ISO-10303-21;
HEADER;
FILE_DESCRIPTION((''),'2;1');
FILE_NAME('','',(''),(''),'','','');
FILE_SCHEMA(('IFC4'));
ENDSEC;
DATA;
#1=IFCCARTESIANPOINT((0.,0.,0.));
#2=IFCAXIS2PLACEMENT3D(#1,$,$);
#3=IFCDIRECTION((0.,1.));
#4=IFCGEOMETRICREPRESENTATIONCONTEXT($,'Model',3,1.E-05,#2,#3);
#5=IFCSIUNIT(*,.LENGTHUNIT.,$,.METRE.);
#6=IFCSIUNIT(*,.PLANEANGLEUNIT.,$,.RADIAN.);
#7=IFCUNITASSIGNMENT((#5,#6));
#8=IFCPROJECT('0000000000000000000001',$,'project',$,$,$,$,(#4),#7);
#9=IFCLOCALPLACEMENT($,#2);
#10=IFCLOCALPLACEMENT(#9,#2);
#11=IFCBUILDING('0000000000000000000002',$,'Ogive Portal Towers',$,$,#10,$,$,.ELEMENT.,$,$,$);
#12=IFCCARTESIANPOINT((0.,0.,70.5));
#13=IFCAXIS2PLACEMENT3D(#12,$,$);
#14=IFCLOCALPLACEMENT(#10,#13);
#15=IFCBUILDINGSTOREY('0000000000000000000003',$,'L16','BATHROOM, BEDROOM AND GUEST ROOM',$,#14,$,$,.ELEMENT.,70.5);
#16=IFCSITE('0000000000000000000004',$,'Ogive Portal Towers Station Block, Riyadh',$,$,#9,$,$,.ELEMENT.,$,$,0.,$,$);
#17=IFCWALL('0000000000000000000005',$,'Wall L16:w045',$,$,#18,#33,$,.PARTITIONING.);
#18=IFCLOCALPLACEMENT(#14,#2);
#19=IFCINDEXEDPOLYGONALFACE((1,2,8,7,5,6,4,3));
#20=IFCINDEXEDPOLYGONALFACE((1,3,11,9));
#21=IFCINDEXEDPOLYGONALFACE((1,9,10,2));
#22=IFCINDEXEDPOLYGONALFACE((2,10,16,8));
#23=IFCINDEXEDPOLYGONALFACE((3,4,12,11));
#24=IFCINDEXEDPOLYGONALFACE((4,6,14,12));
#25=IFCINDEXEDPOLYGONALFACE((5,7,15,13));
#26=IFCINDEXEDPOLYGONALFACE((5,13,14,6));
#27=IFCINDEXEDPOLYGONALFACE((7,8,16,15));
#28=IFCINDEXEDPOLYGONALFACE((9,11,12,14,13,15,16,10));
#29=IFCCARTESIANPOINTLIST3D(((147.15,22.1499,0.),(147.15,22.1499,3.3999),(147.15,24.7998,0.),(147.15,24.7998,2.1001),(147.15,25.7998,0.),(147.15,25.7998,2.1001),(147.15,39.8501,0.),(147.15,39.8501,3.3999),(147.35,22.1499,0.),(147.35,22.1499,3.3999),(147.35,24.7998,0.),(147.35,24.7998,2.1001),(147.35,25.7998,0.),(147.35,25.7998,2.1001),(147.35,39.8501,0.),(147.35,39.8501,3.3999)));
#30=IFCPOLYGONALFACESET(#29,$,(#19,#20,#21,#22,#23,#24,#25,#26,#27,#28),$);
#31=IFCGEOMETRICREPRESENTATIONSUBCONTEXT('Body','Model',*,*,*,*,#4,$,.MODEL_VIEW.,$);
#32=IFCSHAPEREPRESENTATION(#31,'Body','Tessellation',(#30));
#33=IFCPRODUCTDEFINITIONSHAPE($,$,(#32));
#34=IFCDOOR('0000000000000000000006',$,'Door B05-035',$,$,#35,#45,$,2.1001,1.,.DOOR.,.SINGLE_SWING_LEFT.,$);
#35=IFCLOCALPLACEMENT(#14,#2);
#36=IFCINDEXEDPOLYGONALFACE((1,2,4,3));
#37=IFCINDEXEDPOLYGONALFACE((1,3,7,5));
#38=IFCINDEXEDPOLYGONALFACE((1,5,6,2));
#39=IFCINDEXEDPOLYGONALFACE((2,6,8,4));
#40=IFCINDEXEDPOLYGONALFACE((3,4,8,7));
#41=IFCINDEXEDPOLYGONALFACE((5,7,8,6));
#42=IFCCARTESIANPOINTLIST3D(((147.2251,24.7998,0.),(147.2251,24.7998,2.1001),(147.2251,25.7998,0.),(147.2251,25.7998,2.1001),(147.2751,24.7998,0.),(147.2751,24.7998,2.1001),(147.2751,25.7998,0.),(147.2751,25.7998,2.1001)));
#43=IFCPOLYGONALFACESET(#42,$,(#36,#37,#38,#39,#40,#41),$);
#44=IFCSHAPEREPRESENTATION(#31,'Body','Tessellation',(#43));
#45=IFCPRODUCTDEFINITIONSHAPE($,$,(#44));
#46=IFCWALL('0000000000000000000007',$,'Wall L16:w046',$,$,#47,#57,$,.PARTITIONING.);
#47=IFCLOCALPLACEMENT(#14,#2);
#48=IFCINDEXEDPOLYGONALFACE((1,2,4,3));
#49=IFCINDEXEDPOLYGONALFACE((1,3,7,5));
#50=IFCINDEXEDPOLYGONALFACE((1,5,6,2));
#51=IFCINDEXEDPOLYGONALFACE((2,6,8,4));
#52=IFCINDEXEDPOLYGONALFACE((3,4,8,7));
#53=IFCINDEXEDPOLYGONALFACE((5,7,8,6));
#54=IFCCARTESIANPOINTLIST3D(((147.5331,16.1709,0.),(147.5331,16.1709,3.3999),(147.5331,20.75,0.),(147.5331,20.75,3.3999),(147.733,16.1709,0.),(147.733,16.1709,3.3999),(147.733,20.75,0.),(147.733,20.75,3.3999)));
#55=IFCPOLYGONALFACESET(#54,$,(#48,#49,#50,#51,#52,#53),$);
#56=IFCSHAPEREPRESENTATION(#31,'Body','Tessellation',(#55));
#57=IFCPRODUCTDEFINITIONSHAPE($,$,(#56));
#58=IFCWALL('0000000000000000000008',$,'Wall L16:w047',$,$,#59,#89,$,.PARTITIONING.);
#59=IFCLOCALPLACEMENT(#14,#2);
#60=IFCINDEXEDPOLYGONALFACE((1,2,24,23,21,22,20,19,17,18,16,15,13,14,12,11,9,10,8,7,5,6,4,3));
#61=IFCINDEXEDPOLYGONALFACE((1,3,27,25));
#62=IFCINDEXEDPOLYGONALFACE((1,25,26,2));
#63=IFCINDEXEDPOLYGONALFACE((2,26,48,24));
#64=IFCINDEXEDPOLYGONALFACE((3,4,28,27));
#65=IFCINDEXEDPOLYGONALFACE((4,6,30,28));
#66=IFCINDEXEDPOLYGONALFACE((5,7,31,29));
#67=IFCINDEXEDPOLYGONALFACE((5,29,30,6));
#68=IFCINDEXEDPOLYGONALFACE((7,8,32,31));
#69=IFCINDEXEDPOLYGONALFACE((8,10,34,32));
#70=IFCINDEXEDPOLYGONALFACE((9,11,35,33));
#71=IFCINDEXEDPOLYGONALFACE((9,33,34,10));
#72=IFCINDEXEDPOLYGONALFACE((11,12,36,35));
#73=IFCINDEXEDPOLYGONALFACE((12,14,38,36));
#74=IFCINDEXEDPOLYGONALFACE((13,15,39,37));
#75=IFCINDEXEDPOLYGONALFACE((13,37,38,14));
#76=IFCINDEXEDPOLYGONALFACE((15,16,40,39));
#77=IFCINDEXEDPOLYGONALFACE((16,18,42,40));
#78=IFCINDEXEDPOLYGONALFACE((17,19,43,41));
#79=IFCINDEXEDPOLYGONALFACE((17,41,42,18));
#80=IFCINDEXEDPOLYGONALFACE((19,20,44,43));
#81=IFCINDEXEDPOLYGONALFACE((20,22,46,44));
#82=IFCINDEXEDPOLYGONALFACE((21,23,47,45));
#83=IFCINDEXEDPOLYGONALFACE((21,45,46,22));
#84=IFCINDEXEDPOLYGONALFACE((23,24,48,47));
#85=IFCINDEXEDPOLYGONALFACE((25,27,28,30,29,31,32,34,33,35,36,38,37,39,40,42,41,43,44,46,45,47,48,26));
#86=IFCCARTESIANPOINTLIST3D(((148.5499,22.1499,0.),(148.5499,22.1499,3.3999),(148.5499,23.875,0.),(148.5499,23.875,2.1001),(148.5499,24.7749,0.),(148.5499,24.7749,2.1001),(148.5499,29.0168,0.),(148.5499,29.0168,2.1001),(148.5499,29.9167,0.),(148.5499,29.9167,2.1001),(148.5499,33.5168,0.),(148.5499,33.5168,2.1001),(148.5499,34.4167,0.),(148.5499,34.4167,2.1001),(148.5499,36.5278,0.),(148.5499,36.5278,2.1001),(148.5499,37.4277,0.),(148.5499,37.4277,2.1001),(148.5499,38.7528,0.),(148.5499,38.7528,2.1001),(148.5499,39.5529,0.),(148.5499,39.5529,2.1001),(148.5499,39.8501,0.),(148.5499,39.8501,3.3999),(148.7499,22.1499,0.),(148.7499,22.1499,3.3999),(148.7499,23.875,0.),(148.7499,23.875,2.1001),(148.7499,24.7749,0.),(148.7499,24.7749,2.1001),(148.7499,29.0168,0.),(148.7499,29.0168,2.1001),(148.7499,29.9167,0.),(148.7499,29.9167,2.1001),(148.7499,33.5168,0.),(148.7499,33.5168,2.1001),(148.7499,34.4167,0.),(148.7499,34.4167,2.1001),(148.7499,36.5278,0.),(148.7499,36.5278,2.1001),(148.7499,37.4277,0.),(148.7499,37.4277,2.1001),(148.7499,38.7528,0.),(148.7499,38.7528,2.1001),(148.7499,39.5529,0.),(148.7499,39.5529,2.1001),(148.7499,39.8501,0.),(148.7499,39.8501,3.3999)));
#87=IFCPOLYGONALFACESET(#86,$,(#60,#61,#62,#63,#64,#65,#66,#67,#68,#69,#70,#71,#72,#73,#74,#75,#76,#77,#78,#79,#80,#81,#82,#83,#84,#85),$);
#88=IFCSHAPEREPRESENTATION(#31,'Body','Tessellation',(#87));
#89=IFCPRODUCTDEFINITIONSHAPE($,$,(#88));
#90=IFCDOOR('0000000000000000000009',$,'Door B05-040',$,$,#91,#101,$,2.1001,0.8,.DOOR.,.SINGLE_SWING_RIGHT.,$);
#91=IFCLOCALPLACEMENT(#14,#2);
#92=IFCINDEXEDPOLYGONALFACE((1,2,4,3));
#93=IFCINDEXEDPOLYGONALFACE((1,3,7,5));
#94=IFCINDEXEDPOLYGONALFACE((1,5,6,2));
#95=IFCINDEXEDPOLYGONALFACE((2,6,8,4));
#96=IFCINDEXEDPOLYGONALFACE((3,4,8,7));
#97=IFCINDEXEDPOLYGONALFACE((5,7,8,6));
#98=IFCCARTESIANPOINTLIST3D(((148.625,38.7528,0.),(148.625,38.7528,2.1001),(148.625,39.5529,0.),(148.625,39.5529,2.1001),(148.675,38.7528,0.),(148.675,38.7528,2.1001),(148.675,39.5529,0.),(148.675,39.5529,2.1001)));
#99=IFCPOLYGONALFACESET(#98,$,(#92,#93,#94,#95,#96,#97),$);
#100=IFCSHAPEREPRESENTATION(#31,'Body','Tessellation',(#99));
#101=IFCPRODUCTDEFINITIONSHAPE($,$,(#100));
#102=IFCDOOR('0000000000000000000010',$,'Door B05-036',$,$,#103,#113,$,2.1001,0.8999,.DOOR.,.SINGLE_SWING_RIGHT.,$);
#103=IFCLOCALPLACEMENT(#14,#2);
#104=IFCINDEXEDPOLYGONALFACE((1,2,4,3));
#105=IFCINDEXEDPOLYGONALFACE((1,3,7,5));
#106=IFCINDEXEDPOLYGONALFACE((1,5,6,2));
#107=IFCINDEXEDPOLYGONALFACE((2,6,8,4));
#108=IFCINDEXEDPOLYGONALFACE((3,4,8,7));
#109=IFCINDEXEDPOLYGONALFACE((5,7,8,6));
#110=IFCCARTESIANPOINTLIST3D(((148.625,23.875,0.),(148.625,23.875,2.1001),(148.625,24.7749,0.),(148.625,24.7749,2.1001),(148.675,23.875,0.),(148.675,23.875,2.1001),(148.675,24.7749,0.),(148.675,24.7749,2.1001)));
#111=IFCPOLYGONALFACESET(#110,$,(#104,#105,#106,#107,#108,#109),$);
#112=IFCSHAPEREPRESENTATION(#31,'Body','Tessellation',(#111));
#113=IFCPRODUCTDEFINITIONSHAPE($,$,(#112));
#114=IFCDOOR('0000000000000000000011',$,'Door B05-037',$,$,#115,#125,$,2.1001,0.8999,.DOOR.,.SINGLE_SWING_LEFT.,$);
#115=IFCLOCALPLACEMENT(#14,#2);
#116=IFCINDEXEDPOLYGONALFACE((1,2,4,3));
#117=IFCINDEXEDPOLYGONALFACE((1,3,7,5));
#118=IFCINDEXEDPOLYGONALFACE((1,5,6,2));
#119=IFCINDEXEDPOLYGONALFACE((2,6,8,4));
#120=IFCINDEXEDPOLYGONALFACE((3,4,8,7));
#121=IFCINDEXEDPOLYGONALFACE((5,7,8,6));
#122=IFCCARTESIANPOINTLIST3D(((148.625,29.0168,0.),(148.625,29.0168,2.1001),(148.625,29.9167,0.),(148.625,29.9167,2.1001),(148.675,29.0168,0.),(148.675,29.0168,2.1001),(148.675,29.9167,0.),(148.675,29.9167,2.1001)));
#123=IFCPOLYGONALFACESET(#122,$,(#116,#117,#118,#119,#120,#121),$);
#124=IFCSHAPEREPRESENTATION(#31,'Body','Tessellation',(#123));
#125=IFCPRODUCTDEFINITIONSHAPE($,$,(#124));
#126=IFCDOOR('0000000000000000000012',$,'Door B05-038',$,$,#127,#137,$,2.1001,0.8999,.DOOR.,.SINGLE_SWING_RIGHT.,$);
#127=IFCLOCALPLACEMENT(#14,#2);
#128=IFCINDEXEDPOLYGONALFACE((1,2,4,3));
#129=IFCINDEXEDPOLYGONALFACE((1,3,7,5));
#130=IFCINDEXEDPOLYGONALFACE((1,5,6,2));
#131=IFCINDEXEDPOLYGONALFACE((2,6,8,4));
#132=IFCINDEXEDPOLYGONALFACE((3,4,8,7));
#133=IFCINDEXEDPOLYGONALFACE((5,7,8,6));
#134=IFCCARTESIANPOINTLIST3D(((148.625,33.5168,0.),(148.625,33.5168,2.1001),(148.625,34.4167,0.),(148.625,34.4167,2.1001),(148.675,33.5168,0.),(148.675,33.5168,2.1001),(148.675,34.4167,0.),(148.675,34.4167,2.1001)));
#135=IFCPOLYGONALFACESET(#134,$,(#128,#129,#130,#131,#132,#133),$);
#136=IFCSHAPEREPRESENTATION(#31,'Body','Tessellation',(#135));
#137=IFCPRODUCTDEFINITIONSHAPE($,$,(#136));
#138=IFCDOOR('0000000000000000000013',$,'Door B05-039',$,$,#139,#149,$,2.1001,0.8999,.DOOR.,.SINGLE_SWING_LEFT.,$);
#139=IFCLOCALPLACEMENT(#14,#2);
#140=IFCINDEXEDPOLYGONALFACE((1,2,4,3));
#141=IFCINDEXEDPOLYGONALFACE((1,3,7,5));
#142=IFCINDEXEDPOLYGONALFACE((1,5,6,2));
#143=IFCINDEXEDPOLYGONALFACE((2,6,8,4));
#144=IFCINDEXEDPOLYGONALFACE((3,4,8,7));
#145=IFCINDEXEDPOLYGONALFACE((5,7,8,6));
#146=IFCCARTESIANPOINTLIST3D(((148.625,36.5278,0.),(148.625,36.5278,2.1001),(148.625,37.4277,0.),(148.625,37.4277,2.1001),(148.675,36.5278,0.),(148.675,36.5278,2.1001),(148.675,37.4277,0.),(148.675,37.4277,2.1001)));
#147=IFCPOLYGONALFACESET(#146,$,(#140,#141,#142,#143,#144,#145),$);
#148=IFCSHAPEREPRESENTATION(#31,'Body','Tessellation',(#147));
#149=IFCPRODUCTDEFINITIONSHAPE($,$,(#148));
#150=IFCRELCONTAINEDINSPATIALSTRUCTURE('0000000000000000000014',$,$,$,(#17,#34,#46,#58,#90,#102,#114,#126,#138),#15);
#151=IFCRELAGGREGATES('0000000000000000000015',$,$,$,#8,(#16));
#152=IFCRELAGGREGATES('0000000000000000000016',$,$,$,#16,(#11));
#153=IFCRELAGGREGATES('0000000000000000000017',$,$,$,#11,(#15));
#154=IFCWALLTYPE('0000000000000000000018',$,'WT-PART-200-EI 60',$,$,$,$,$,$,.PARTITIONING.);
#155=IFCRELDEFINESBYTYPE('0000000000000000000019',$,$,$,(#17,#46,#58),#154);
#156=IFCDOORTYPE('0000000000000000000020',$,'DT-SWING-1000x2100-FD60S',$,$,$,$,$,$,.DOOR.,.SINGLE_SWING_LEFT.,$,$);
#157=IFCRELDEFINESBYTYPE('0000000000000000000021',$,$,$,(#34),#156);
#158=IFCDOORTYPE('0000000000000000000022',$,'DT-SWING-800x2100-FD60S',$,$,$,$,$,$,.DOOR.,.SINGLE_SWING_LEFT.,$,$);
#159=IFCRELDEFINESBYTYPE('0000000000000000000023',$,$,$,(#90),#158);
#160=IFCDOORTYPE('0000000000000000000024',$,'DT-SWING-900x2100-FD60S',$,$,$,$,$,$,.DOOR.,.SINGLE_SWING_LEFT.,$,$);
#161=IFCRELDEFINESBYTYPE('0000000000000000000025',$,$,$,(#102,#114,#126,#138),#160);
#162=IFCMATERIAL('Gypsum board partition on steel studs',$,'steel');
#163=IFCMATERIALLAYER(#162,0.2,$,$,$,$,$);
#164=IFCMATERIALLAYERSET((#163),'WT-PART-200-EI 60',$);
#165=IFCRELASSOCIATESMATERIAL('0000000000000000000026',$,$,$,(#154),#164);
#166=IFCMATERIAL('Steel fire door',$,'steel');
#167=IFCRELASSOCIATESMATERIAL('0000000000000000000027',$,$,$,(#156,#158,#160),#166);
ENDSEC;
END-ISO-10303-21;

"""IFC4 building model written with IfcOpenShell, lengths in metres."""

from ifc_helpers import new_model, si_unit, direction, frame, frame_2d, origin, place, context, subcontext, project, spatial, rectangle, extrude, material, layer, layer_set, type_object, element, fill, save


model = new_model("IFC4")

# Units and contexts
model_context = context("Model", 3, precision=1e-05, world=origin(), true_north=direction((0.0, 1.0)))
body_context = subcontext(model_context, "Body", "Model", "MODEL_VIEW")
ifc_project = project(units=[si_unit("LENGTHUNIT", "METRE"), si_unit("PLANEANGLEUNIT", "RADIAN")], contexts=[model_context])

# Site, building, storey
site_placement = place(None, origin())
site = spatial("IfcSite", under=ifc_project, at=site_placement, Name="Ogive Portal Towers Station Block, Riyadh", CompositionType="ELEMENT", RefElevation=0.0)
building_placement = place(site_placement, origin())
building = spatial("IfcBuilding", under=site, at=building_placement, Name="Ogive Portal Towers", CompositionType="ELEMENT")
storey_placement = place(building_placement, frame((0.0, 0.0, 70.5)))
storey = spatial("IfcBuildingStorey", under=building, at=storey_placement, Name="L16", Description="BATHROOM, BEDROOM AND GUEST ROOM", CompositionType="ELEMENT", Elevation=70.5)

# Shared definitions
ifc_material_1 = material(Name="Gypsum board partition on steel studs", Category="steel")
ifc_layer_1 = layer(ifc_material_1, 0.2)
ifc_layer_set_1 = layer_set([ifc_layer_1], Name="WT-PART-200-EI 60")
wall_type = type_object("IfcWallType", Name="WT-PART-200-EI 60", PredefinedType="PARTITIONING", material=ifc_layer_set_1)

# Wall, opening, door
wall_1_placement = place(storey_placement, frame((147.25, 22.1499, 0.0), z_axis=(0.0, 0.0, 1.0), x_axis=(0.0, 1.0, 0.0)))
wall_1 = element("IfcWall", 1, at=wall_1_placement, inside=storey, type_object=wall_type, Name="Wall L16:w045", PredefinedType="PARTITIONING", context=body_context, shape_type="SweptSolid", body=[
    extrude(rectangle(XDim=17.7002, YDim=0.2, at=frame_2d((8.8501, 0.0))), origin(), (0.0, 0.0, 1.0), 3.3999),
])
opening_1_placement = place(wall_1_placement, frame((2.6499, 0.0, 0.0)))
opening_1 = element("IfcOpeningElement", 2, at=opening_1_placement, cuts=wall_1, PredefinedType="OPENING", context=body_context, shape_type="SweptSolid", body=[
    extrude(rectangle(XDim=1.0, YDim=2.1001, at=frame_2d((0.5, 1.05))), frame((0.0, 0.1099, 0.0), z_axis=(0.0, -1.0, 0.0), x_axis=(1.0, 0.0, 0.0)), (0.0, 0.0, 1.0), 0.22),
])
ifc_material_2 = material(Name="Steel fire door", Category="steel")
door_type_1 = type_object("IfcDoorType", Name="DT-SWING-1000x2100-FD60S", OperationType="SINGLE_SWING_LEFT", PredefinedType="DOOR", material=ifc_material_2)
door_1_placement = place(opening_1_placement, origin())
door_1 = element("IfcDoor", 3, at=door_1_placement, inside=storey, type_object=door_type_1, Name="Door B05-035", OperationType="SINGLE_SWING_LEFT", OverallHeight=2.1001, OverallWidth=1.0, PredefinedType="DOOR", context=body_context, shape_type="SweptSolid", body=[
    extrude(rectangle(XDim=1.0, YDim=2.1001, at=frame_2d((0.5, 1.05))), frame((0.0, 0.0249, 0.0), z_axis=(0.0, -1.0, 0.0), x_axis=(1.0, 0.0, 0.0)), (0.0, 0.0, 1.0), 0.05),
])
fill(opening_1, door_1)

# Wall
wall_2_placement = place(storey_placement, frame((147.6331, 16.1709, 0.0), z_axis=(0.0, 0.0, 1.0), x_axis=(0.0, 1.0, 0.0)))
element("IfcWall", 4, at=wall_2_placement, inside=storey, type_object=wall_type, Name="Wall L16:w046", PredefinedType="PARTITIONING", context=body_context, shape_type="SweptSolid", body=[
    extrude(rectangle(XDim=4.5791, YDim=0.2, at=frame_2d((2.2896, 0.0))), origin(), (0.0, 0.0, 1.0), 3.3999),
])

# Wall, openings, doors
wall_3_placement = place(storey_placement, frame((148.6499, 22.1499, 0.0), z_axis=(0.0, 0.0, 1.0), x_axis=(0.0, 1.0, 0.0)))
wall_3 = element("IfcWall", 5, at=wall_3_placement, inside=storey, type_object=wall_type, Name="Wall L16:w047", PredefinedType="PARTITIONING", context=body_context, shape_type="SweptSolid", body=[
    extrude(rectangle(XDim=17.7002, YDim=0.2, at=frame_2d((8.8501, 0.0))), origin(), (0.0, 0.0, 1.0), 3.3999),
])
opening_2_placement = place(wall_3_placement, frame((1.7251, 0.0, 0.0)))
opening_2 = element("IfcOpeningElement", 6, at=opening_2_placement, cuts=wall_3, PredefinedType="OPENING", context=body_context, shape_type="SweptSolid", body=[
    extrude(rectangle(XDim=0.8999, YDim=2.1001, at=frame_2d((0.45, 1.05))), frame((0.0, 0.1099, 0.0), z_axis=(0.0, -1.0, 0.0), x_axis=(1.0, 0.0, 0.0)), (0.0, 0.0, 1.0), 0.22),
])
opening_3_placement = place(wall_3_placement, frame((6.8669, 0.0, 0.0)))
opening_3 = element("IfcOpeningElement", 7, at=opening_3_placement, cuts=wall_3, PredefinedType="OPENING", context=body_context, shape_type="SweptSolid", body=[
    extrude(rectangle(XDim=0.8999, YDim=2.1001, at=frame_2d((0.45, 1.05))), frame((0.0, 0.1099, 0.0), z_axis=(0.0, -1.0, 0.0), x_axis=(1.0, 0.0, 0.0)), (0.0, 0.0, 1.0), 0.22),
])
opening_4_placement = place(wall_3_placement, frame((11.3669, 0.0, 0.0)))
opening_4 = element("IfcOpeningElement", 8, at=opening_4_placement, cuts=wall_3, PredefinedType="OPENING", context=body_context, shape_type="SweptSolid", body=[
    extrude(rectangle(XDim=0.8999, YDim=2.1001, at=frame_2d((0.45, 1.05))), frame((0.0, 0.1099, 0.0), z_axis=(0.0, -1.0, 0.0), x_axis=(1.0, 0.0, 0.0)), (0.0, 0.0, 1.0), 0.22),
])
opening_5_placement = place(wall_3_placement, frame((14.3779, 0.0, 0.0)))
opening_5 = element("IfcOpeningElement", 9, at=opening_5_placement, cuts=wall_3, PredefinedType="OPENING", context=body_context, shape_type="SweptSolid", body=[
    extrude(rectangle(XDim=0.8999, YDim=2.1001, at=frame_2d((0.45, 1.05))), frame((0.0, 0.1099, 0.0), z_axis=(0.0, -1.0, 0.0), x_axis=(1.0, 0.0, 0.0)), (0.0, 0.0, 1.0), 0.22),
])
opening_6_placement = place(wall_3_placement, frame((16.603, 0.0, 0.0)))
opening_6 = element("IfcOpeningElement", 10, at=opening_6_placement, cuts=wall_3, PredefinedType="OPENING", context=body_context, shape_type="SweptSolid", body=[
    extrude(rectangle(XDim=0.8, YDim=2.1001, at=frame_2d((0.3999, 1.05))), frame((0.0, 0.1099, 0.0), z_axis=(0.0, -1.0, 0.0), x_axis=(1.0, 0.0, 0.0)), (0.0, 0.0, 1.0), 0.22),
])
door_type_2 = type_object("IfcDoorType", Name="DT-SWING-800x2100-FD60S", OperationType="SINGLE_SWING_LEFT", PredefinedType="DOOR", material=ifc_material_2)
door_2_placement = place(opening_6_placement, origin())
door_2 = element("IfcDoor", 11, at=door_2_placement, inside=storey, type_object=door_type_2, Name="Door B05-040", OperationType="SINGLE_SWING_RIGHT", OverallHeight=2.1001, OverallWidth=0.8, PredefinedType="DOOR", context=body_context, shape_type="SweptSolid", body=[
    extrude(rectangle(XDim=0.8, YDim=2.1001, at=frame_2d((0.3999, 1.05))), frame((0.0, 0.0249, 0.0), z_axis=(0.0, -1.0, 0.0), x_axis=(1.0, 0.0, 0.0)), (0.0, 0.0, 1.0), 0.05),
])
fill(opening_6, door_2)
door_type_3 = type_object("IfcDoorType", Name="DT-SWING-900x2100-FD60S", OperationType="SINGLE_SWING_LEFT", PredefinedType="DOOR", material=ifc_material_2)
door_3_placement = place(opening_2_placement, origin())
door_3 = element("IfcDoor", 12, at=door_3_placement, inside=storey, type_object=door_type_3, Name="Door B05-036", OperationType="SINGLE_SWING_RIGHT", OverallHeight=2.1001, OverallWidth=0.8999, PredefinedType="DOOR", context=body_context, shape_type="SweptSolid", body=[
    extrude(rectangle(XDim=0.8999, YDim=2.1001, at=frame_2d((0.45, 1.05))), frame((0.0, 0.0249, 0.0), z_axis=(0.0, -1.0, 0.0), x_axis=(1.0, 0.0, 0.0)), (0.0, 0.0, 1.0), 0.05),
])
fill(opening_2, door_3)
door_4_placement = place(opening_3_placement, origin())
door_4 = element("IfcDoor", 13, at=door_4_placement, inside=storey, type_object=door_type_3, Name="Door B05-037", OperationType="SINGLE_SWING_LEFT", OverallHeight=2.1001, OverallWidth=0.8999, PredefinedType="DOOR", context=body_context, shape_type="SweptSolid", body=[
    extrude(rectangle(XDim=0.8999, YDim=2.1001, at=frame_2d((0.45, 1.05))), frame((0.0, 0.0249, 0.0), z_axis=(0.0, -1.0, 0.0), x_axis=(1.0, 0.0, 0.0)), (0.0, 0.0, 1.0), 0.05),
])
fill(opening_3, door_4)
door_5_placement = place(opening_4_placement, origin())
door_5 = element("IfcDoor", 14, at=door_5_placement, inside=storey, type_object=door_type_3, Name="Door B05-038", OperationType="SINGLE_SWING_RIGHT", OverallHeight=2.1001, OverallWidth=0.8999, PredefinedType="DOOR", context=body_context, shape_type="SweptSolid", body=[
    extrude(rectangle(XDim=0.8999, YDim=2.1001, at=frame_2d((0.45, 1.05))), frame((0.0, 0.0249, 0.0), z_axis=(0.0, -1.0, 0.0), x_axis=(1.0, 0.0, 0.0)), (0.0, 0.0, 1.0), 0.05),
])
fill(opening_4, door_5)
door_6_placement = place(opening_5_placement, origin())
door_6 = element("IfcDoor", 15, at=door_6_placement, inside=storey, type_object=door_type_3, Name="Door B05-039", OperationType="SINGLE_SWING_LEFT", OverallHeight=2.1001, OverallWidth=0.8999, PredefinedType="DOOR", context=body_context, shape_type="SweptSolid", body=[
    extrude(rectangle(XDim=0.8999, YDim=2.1001, at=frame_2d((0.45, 1.05))), frame((0.0, 0.0249, 0.0), z_axis=(0.0, -1.0, 0.0), x_axis=(1.0, 0.0, 0.0)), (0.0, 0.0, 1.0), 0.05),
])
fill(opening_5, door_6)

save(model, "model.ifc")
